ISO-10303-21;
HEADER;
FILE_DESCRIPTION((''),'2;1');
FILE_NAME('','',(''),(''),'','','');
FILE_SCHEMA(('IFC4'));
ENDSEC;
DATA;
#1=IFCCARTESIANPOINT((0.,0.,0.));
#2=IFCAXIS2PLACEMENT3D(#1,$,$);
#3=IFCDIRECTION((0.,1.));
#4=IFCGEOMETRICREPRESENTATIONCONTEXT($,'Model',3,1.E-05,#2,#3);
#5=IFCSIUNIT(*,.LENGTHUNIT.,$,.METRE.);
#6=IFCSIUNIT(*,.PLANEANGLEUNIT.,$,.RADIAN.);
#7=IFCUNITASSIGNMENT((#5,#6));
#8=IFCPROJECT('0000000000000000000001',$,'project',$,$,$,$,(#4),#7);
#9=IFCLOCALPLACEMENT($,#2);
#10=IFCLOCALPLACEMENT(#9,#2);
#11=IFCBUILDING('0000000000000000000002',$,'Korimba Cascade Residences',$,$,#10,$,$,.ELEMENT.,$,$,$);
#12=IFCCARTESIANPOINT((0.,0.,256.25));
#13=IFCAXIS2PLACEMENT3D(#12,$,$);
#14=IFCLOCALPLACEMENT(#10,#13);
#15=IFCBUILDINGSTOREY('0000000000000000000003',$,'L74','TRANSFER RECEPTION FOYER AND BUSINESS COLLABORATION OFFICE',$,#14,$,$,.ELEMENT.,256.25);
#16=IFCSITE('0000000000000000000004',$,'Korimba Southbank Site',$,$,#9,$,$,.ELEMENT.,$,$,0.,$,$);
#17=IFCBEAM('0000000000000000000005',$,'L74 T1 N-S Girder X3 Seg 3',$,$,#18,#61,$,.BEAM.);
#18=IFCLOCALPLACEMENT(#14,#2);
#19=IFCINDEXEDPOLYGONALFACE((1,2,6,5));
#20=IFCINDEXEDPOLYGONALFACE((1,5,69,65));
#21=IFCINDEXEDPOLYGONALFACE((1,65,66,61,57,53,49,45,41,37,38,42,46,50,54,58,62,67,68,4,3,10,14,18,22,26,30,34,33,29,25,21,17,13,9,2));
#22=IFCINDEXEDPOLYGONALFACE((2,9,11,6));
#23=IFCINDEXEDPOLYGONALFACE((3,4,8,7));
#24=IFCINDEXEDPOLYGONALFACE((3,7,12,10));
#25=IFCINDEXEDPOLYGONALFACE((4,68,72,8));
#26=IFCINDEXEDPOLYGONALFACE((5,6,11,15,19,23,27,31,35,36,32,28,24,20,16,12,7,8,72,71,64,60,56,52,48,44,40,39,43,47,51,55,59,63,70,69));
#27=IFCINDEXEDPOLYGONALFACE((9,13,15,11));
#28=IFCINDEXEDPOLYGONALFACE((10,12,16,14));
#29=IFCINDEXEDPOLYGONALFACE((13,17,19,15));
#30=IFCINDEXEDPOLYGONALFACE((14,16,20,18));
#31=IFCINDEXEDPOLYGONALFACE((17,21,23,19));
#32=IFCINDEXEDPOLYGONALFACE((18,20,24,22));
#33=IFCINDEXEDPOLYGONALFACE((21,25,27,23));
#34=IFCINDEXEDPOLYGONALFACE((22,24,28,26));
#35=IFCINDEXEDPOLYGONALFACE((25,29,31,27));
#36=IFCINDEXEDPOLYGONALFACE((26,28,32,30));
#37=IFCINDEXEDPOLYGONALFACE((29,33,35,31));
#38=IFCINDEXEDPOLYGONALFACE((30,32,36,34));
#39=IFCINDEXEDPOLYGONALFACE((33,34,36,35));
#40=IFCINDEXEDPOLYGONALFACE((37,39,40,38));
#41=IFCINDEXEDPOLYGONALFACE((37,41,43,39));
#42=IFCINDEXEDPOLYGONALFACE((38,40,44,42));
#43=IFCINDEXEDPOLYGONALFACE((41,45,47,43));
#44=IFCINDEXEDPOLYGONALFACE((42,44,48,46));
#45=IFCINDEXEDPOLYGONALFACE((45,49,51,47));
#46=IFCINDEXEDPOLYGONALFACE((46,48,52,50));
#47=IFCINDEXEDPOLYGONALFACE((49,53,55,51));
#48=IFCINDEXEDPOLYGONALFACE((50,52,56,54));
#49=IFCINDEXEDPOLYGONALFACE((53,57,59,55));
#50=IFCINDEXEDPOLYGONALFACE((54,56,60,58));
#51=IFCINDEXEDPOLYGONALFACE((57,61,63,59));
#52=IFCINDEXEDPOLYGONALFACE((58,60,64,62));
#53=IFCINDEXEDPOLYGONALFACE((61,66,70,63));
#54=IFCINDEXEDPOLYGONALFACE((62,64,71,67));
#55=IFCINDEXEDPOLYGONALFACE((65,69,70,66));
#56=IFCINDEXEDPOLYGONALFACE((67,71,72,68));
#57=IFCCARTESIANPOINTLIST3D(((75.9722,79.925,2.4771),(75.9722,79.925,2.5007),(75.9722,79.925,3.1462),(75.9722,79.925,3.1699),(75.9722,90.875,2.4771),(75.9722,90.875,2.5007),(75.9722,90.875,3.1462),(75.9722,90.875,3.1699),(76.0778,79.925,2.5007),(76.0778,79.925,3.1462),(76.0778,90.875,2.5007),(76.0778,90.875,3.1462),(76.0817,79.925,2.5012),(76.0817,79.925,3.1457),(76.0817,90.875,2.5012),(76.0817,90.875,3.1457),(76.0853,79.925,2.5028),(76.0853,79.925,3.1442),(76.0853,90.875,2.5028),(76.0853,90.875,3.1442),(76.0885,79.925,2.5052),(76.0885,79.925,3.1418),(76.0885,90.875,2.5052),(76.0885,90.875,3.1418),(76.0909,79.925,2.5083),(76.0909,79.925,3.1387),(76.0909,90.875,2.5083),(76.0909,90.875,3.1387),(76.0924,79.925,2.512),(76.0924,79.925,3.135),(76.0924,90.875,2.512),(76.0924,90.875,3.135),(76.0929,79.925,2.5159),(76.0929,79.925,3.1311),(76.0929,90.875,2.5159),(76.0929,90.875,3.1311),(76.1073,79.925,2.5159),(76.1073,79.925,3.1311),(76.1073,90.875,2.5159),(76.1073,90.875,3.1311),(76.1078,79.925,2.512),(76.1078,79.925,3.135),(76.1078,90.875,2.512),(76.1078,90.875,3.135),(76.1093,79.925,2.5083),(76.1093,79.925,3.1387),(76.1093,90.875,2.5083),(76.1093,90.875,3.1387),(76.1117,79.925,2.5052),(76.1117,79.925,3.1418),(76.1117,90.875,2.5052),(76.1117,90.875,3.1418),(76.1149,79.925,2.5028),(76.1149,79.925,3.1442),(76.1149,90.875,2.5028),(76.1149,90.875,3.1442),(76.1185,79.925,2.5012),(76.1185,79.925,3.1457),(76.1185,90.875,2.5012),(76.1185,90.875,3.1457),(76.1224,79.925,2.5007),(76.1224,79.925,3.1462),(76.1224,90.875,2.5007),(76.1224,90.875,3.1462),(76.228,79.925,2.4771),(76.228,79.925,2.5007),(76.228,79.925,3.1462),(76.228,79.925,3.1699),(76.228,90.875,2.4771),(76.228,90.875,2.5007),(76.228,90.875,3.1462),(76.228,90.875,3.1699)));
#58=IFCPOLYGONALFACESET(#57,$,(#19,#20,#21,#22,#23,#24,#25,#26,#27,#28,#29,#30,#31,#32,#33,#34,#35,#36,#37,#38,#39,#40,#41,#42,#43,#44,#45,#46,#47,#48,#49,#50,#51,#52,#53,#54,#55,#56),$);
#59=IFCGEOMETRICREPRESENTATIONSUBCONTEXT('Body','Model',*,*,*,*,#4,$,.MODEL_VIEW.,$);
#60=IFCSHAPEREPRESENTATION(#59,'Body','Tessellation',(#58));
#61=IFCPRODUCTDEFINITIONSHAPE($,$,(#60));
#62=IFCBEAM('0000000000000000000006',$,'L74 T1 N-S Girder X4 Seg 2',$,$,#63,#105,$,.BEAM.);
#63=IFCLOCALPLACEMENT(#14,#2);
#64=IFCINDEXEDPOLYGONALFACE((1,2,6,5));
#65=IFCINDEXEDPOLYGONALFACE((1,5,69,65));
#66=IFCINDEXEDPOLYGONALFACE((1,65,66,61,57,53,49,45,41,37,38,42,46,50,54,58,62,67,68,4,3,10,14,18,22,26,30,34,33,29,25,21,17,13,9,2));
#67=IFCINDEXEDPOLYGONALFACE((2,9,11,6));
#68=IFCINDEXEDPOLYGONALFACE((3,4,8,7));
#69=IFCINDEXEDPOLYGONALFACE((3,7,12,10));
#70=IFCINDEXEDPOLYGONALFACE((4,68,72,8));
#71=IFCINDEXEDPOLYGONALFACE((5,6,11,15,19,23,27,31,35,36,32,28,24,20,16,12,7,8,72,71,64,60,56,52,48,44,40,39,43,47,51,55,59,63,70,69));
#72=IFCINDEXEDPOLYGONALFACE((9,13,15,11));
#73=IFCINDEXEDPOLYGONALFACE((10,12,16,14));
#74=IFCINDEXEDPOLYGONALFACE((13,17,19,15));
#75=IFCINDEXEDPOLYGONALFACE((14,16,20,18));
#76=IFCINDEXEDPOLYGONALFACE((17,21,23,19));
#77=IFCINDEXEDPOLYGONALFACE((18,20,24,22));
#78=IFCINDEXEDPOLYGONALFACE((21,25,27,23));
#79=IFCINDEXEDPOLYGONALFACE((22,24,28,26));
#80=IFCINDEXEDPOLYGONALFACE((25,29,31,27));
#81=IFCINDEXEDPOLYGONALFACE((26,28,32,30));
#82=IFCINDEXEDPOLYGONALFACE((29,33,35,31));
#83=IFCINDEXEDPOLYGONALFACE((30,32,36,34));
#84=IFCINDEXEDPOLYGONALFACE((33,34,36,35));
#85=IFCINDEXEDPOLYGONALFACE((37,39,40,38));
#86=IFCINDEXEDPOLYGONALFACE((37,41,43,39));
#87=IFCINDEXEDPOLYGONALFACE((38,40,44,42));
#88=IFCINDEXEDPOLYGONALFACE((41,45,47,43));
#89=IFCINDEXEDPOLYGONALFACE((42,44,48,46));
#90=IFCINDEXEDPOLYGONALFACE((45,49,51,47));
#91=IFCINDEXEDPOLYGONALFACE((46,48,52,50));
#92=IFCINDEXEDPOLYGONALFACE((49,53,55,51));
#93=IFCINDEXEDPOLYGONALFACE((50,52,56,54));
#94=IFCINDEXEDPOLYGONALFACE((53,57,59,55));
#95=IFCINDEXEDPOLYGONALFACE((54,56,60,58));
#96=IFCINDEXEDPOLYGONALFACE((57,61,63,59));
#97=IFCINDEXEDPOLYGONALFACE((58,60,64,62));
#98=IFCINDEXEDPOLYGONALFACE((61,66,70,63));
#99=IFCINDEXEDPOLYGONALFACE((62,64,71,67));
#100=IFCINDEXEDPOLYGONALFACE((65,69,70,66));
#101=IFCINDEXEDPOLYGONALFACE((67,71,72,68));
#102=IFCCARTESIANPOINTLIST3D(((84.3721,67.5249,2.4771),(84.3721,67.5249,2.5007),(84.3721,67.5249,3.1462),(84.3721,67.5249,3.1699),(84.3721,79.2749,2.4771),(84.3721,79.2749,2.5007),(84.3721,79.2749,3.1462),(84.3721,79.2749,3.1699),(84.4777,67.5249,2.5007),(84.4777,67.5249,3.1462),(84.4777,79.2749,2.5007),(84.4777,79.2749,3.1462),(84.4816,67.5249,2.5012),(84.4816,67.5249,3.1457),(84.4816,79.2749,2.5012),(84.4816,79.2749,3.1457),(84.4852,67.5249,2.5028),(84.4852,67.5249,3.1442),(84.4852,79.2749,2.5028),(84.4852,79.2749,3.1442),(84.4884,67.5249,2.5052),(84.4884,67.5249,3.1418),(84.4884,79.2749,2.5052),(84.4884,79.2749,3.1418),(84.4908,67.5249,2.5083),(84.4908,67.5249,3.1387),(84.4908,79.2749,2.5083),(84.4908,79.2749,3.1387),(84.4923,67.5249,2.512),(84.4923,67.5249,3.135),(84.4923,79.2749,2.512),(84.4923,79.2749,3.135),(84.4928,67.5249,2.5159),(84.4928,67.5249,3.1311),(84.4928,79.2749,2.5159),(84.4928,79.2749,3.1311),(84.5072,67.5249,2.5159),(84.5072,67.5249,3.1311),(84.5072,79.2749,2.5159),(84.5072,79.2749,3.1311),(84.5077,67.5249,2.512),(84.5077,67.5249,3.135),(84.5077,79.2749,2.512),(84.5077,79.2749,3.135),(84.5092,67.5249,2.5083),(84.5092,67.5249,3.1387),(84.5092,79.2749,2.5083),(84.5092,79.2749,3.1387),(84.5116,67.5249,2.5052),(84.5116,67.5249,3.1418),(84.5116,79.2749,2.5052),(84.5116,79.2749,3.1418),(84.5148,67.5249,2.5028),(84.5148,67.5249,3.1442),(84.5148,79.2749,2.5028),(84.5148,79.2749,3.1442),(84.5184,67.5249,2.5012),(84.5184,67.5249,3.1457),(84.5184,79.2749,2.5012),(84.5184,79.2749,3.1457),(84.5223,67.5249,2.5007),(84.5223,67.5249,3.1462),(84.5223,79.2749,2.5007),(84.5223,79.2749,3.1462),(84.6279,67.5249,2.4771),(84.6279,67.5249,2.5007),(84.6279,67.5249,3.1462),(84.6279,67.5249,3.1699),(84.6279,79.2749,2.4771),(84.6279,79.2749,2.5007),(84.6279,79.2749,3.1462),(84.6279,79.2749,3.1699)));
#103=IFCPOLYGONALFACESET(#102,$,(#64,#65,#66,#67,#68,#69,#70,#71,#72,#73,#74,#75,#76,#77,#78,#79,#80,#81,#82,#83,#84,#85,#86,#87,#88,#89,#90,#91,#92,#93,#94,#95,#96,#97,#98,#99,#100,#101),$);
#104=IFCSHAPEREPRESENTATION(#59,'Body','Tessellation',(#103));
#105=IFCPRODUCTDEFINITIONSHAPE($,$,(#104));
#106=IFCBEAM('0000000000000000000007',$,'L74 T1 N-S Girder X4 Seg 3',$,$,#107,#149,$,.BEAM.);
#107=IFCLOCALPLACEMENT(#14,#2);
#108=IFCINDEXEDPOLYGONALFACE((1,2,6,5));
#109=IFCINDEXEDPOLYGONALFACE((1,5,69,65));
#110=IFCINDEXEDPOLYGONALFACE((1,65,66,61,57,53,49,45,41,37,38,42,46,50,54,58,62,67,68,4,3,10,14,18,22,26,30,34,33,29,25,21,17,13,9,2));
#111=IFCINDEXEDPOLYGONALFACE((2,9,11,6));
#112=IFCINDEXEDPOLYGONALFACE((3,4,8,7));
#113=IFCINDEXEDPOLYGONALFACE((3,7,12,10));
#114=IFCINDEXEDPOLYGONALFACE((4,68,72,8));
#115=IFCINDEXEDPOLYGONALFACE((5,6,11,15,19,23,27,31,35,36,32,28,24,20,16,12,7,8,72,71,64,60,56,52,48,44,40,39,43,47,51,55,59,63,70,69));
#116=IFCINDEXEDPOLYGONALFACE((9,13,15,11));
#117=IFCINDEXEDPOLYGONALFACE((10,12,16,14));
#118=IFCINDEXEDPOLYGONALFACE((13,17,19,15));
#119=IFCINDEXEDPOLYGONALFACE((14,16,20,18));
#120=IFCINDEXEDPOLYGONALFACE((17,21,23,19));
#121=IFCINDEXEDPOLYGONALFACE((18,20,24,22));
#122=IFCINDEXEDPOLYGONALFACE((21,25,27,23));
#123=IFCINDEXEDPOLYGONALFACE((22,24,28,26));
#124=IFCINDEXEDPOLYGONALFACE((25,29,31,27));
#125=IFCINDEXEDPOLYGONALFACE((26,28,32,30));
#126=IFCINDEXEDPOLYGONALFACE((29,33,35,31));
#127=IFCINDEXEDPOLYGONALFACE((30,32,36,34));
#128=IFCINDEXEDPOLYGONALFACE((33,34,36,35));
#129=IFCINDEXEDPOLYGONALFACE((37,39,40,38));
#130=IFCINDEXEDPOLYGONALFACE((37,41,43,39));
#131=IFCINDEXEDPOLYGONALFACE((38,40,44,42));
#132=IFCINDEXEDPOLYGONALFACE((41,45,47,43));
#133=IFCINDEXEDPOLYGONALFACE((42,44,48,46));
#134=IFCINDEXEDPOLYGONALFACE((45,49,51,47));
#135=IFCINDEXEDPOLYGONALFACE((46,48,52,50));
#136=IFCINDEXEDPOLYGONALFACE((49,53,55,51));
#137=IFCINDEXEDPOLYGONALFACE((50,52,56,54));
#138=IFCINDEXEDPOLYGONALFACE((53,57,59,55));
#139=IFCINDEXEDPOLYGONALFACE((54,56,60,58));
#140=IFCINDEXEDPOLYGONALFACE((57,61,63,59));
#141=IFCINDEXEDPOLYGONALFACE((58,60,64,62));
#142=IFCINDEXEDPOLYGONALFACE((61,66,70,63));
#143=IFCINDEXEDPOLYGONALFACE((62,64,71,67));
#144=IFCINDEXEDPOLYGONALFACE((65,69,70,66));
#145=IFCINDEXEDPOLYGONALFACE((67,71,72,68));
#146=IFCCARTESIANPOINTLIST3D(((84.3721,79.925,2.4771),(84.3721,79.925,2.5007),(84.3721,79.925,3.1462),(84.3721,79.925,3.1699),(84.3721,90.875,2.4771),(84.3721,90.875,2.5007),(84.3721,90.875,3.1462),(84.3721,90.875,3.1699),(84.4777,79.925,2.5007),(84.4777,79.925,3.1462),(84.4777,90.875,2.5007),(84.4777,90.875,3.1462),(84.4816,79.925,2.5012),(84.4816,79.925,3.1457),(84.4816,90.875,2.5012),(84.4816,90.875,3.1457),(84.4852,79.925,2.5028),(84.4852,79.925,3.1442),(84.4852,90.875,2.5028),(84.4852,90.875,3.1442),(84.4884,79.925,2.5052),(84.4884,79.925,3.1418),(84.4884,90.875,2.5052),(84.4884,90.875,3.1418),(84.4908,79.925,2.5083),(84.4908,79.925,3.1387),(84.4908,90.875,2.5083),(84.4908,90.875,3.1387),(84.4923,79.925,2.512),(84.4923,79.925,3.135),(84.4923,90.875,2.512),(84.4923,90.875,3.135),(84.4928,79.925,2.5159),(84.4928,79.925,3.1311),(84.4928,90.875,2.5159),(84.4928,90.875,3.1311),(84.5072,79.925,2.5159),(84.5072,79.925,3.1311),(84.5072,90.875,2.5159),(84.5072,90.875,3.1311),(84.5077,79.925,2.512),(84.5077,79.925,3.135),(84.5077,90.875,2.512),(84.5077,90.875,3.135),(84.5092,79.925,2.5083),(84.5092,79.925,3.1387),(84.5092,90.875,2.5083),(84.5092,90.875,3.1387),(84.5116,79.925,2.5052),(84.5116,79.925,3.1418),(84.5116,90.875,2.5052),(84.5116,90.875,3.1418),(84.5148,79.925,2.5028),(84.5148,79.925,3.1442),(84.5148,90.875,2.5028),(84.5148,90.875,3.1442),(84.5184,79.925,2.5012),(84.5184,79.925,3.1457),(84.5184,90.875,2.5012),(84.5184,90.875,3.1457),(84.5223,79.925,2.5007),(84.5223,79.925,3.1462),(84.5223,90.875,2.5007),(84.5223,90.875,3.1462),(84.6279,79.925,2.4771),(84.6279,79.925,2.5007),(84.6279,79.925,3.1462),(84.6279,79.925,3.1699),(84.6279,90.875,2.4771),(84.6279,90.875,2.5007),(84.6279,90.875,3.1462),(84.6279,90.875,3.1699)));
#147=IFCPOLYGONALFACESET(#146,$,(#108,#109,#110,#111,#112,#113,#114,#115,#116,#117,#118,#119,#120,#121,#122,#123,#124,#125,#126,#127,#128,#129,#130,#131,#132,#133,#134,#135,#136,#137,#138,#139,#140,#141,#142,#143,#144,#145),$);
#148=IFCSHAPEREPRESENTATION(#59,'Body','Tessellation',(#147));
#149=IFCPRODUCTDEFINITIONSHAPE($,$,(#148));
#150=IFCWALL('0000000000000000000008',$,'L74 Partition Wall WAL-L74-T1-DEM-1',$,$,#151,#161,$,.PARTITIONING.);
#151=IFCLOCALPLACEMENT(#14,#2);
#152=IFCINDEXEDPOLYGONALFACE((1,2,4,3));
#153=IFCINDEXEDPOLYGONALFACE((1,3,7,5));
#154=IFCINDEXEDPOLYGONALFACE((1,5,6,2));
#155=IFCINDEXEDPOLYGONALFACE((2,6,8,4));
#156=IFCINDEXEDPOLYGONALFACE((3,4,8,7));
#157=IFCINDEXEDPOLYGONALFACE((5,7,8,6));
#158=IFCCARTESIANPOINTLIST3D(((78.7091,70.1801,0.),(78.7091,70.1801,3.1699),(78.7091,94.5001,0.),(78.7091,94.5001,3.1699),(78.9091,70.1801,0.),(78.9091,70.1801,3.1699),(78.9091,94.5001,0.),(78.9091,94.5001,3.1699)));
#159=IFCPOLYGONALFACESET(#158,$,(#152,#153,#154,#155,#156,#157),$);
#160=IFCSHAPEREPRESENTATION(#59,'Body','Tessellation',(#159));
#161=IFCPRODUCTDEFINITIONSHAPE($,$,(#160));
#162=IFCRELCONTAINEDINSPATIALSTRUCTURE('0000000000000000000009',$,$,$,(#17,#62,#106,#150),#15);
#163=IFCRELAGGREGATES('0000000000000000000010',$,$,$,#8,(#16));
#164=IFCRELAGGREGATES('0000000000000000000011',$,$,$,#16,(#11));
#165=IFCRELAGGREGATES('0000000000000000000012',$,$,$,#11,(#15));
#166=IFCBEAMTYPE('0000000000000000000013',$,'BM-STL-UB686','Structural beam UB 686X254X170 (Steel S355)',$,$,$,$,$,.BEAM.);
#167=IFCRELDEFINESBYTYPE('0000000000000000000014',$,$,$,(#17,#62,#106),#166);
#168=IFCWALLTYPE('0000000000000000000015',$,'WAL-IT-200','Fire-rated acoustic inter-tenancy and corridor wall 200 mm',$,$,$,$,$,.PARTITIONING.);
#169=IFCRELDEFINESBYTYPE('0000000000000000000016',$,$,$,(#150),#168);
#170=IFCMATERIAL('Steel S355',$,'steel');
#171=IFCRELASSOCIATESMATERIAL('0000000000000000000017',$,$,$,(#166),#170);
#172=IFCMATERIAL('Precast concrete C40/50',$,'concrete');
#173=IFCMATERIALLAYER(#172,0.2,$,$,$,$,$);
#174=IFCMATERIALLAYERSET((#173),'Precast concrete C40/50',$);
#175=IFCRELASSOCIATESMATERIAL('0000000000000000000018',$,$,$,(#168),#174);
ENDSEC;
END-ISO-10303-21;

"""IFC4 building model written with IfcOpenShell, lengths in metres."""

from ifc_helpers import new_model, si_unit, direction, frame, frame_2d, origin, origin_2d, place, context, subcontext, project, spatial, rectangle, i_section, extrude, material, layer, layer_set, material_profile, profile_set, type_object, element, save


model = new_model("IFC4")

# Units and contexts
model_context = context("Model", 3, precision=1e-05, world=origin(), true_north=direction((0.0, 1.0)))
body_context = subcontext(model_context, "Body", "Model", "MODEL_VIEW")
ifc_project = project(units=[si_unit("LENGTHUNIT", "METRE"), si_unit("PLANEANGLEUNIT", "RADIAN")], contexts=[model_context])

# Site, building, storey
site_placement = place(None, origin())
site = spatial("IfcSite", under=ifc_project, at=site_placement, Name="Korimba Southbank Site", CompositionType="ELEMENT", RefElevation=0.0)
building_placement = place(site_placement, origin())
building = spatial("IfcBuilding", under=site, at=building_placement, Name="Korimba Cascade Residences", CompositionType="ELEMENT")
storey_placement = place(building_placement, frame((0.0, 0.0, 256.25)))
storey = spatial("IfcBuildingStorey", under=building, at=storey_placement, Name="L74", Description="TRANSFER RECEPTION FOYER AND BUSINESS COLLABORATION OFFICE", CompositionType="ELEMENT", Elevation=256.25)

# Beams
ifc_material_1 = material(Name="Steel S355", Category="steel")
ifc_material_profile_1 = material_profile(ifc_material_1, i_section(OverallWidth=0.2559, OverallDepth=0.6929, WebThickness=0.0144, FlangeThickness=0.0237, FilletRadius=0.0151, at=origin_2d()), Name="Steel S355")
ifc_profile_set_1 = profile_set([ifc_material_profile_1], Name="Steel S355")
beam_type_1 = type_object("IfcBeamType", Name="BM-STL-UB686", Description="Structural beam UB 686X254X170 (Steel S355)", PredefinedType="BEAM", material=ifc_profile_set_1)
beam_1_placement = place(storey_placement, frame((76.1001, 79.925, 2.8235), z_axis=(0.0, 1.0, 0.0), x_axis=(-1.0, 0.0, 0.0)))
element("IfcBeam", 1, at=beam_1_placement, inside=storey, type_object=beam_type_1, Name="L74 T1 N-S Girder X3 Seg 3", PredefinedType="BEAM", context=body_context, shape_type="SweptSolid", body=[
    extrude(i_section(OverallWidth=0.2559, OverallDepth=0.6929, WebThickness=0.0144, FlangeThickness=0.0237, FilletRadius=0.0151, at=origin_2d()), origin(), (0.0, 0.0, 1.0), 10.95),
])
beam_2_placement = place(storey_placement, frame((84.5, 67.5249, 2.8235), z_axis=(0.0, 1.0, 0.0), x_axis=(-1.0, 0.0, 0.0)))
element("IfcBeam", 2, at=beam_2_placement, inside=storey, type_object=beam_type_1, Name="L74 T1 N-S Girder X4 Seg 2", PredefinedType="BEAM", context=body_context, shape_type="SweptSolid", body=[
    extrude(i_section(OverallWidth=0.2559, OverallDepth=0.6929, WebThickness=0.0144, FlangeThickness=0.0237, FilletRadius=0.0151, at=origin_2d()), origin(), (0.0, 0.0, 1.0), 11.75),
])
beam_3_placement = place(storey_placement, frame((84.5, 79.925, 2.8235), z_axis=(0.0, 1.0, 0.0), x_axis=(-1.0, 0.0, 0.0)))
element("IfcBeam", 3, at=beam_3_placement, inside=storey, type_object=beam_type_1, Name="L74 T1 N-S Girder X4 Seg 3", PredefinedType="BEAM", context=body_context, shape_type="SweptSolid", body=[
    extrude(i_section(OverallWidth=0.2559, OverallDepth=0.6929, WebThickness=0.0144, FlangeThickness=0.0237, FilletRadius=0.0151, at=origin_2d()), origin(), (0.0, 0.0, 1.0), 10.95),
])

# Wall
ifc_material_2 = material(Name="Precast concrete C40/50", Category="concrete")
ifc_layer_1 = layer(ifc_material_2, 0.2)
ifc_layer_set_1 = layer_set([ifc_layer_1], Name="Precast concrete C40/50")
wall_type_1 = type_object("IfcWallType", Name="WAL-IT-200", Description="Fire-rated acoustic inter-tenancy and corridor wall 200 mm", PredefinedType="PARTITIONING", material=ifc_layer_set_1)
wall_1_placement = place(storey_placement, frame((78.8091, 70.1799, 0.0), z_axis=(0.0, 0.0, 1.0), x_axis=(0.0, 1.0, 0.0)))
element("IfcWall", 4, at=wall_1_placement, inside=storey, type_object=wall_type_1, Name="L74 Partition Wall WAL-L74-T1-DEM-1", PredefinedType="PARTITIONING", context=body_context, shape_type="SweptSolid", body=[
    extrude(rectangle(XDim=24.3201, YDim=0.2, at=frame_2d((12.1602, 0.0))), origin(), (0.0, 0.0, 1.0), 3.1699),
])

save(model, "model.ifc")
